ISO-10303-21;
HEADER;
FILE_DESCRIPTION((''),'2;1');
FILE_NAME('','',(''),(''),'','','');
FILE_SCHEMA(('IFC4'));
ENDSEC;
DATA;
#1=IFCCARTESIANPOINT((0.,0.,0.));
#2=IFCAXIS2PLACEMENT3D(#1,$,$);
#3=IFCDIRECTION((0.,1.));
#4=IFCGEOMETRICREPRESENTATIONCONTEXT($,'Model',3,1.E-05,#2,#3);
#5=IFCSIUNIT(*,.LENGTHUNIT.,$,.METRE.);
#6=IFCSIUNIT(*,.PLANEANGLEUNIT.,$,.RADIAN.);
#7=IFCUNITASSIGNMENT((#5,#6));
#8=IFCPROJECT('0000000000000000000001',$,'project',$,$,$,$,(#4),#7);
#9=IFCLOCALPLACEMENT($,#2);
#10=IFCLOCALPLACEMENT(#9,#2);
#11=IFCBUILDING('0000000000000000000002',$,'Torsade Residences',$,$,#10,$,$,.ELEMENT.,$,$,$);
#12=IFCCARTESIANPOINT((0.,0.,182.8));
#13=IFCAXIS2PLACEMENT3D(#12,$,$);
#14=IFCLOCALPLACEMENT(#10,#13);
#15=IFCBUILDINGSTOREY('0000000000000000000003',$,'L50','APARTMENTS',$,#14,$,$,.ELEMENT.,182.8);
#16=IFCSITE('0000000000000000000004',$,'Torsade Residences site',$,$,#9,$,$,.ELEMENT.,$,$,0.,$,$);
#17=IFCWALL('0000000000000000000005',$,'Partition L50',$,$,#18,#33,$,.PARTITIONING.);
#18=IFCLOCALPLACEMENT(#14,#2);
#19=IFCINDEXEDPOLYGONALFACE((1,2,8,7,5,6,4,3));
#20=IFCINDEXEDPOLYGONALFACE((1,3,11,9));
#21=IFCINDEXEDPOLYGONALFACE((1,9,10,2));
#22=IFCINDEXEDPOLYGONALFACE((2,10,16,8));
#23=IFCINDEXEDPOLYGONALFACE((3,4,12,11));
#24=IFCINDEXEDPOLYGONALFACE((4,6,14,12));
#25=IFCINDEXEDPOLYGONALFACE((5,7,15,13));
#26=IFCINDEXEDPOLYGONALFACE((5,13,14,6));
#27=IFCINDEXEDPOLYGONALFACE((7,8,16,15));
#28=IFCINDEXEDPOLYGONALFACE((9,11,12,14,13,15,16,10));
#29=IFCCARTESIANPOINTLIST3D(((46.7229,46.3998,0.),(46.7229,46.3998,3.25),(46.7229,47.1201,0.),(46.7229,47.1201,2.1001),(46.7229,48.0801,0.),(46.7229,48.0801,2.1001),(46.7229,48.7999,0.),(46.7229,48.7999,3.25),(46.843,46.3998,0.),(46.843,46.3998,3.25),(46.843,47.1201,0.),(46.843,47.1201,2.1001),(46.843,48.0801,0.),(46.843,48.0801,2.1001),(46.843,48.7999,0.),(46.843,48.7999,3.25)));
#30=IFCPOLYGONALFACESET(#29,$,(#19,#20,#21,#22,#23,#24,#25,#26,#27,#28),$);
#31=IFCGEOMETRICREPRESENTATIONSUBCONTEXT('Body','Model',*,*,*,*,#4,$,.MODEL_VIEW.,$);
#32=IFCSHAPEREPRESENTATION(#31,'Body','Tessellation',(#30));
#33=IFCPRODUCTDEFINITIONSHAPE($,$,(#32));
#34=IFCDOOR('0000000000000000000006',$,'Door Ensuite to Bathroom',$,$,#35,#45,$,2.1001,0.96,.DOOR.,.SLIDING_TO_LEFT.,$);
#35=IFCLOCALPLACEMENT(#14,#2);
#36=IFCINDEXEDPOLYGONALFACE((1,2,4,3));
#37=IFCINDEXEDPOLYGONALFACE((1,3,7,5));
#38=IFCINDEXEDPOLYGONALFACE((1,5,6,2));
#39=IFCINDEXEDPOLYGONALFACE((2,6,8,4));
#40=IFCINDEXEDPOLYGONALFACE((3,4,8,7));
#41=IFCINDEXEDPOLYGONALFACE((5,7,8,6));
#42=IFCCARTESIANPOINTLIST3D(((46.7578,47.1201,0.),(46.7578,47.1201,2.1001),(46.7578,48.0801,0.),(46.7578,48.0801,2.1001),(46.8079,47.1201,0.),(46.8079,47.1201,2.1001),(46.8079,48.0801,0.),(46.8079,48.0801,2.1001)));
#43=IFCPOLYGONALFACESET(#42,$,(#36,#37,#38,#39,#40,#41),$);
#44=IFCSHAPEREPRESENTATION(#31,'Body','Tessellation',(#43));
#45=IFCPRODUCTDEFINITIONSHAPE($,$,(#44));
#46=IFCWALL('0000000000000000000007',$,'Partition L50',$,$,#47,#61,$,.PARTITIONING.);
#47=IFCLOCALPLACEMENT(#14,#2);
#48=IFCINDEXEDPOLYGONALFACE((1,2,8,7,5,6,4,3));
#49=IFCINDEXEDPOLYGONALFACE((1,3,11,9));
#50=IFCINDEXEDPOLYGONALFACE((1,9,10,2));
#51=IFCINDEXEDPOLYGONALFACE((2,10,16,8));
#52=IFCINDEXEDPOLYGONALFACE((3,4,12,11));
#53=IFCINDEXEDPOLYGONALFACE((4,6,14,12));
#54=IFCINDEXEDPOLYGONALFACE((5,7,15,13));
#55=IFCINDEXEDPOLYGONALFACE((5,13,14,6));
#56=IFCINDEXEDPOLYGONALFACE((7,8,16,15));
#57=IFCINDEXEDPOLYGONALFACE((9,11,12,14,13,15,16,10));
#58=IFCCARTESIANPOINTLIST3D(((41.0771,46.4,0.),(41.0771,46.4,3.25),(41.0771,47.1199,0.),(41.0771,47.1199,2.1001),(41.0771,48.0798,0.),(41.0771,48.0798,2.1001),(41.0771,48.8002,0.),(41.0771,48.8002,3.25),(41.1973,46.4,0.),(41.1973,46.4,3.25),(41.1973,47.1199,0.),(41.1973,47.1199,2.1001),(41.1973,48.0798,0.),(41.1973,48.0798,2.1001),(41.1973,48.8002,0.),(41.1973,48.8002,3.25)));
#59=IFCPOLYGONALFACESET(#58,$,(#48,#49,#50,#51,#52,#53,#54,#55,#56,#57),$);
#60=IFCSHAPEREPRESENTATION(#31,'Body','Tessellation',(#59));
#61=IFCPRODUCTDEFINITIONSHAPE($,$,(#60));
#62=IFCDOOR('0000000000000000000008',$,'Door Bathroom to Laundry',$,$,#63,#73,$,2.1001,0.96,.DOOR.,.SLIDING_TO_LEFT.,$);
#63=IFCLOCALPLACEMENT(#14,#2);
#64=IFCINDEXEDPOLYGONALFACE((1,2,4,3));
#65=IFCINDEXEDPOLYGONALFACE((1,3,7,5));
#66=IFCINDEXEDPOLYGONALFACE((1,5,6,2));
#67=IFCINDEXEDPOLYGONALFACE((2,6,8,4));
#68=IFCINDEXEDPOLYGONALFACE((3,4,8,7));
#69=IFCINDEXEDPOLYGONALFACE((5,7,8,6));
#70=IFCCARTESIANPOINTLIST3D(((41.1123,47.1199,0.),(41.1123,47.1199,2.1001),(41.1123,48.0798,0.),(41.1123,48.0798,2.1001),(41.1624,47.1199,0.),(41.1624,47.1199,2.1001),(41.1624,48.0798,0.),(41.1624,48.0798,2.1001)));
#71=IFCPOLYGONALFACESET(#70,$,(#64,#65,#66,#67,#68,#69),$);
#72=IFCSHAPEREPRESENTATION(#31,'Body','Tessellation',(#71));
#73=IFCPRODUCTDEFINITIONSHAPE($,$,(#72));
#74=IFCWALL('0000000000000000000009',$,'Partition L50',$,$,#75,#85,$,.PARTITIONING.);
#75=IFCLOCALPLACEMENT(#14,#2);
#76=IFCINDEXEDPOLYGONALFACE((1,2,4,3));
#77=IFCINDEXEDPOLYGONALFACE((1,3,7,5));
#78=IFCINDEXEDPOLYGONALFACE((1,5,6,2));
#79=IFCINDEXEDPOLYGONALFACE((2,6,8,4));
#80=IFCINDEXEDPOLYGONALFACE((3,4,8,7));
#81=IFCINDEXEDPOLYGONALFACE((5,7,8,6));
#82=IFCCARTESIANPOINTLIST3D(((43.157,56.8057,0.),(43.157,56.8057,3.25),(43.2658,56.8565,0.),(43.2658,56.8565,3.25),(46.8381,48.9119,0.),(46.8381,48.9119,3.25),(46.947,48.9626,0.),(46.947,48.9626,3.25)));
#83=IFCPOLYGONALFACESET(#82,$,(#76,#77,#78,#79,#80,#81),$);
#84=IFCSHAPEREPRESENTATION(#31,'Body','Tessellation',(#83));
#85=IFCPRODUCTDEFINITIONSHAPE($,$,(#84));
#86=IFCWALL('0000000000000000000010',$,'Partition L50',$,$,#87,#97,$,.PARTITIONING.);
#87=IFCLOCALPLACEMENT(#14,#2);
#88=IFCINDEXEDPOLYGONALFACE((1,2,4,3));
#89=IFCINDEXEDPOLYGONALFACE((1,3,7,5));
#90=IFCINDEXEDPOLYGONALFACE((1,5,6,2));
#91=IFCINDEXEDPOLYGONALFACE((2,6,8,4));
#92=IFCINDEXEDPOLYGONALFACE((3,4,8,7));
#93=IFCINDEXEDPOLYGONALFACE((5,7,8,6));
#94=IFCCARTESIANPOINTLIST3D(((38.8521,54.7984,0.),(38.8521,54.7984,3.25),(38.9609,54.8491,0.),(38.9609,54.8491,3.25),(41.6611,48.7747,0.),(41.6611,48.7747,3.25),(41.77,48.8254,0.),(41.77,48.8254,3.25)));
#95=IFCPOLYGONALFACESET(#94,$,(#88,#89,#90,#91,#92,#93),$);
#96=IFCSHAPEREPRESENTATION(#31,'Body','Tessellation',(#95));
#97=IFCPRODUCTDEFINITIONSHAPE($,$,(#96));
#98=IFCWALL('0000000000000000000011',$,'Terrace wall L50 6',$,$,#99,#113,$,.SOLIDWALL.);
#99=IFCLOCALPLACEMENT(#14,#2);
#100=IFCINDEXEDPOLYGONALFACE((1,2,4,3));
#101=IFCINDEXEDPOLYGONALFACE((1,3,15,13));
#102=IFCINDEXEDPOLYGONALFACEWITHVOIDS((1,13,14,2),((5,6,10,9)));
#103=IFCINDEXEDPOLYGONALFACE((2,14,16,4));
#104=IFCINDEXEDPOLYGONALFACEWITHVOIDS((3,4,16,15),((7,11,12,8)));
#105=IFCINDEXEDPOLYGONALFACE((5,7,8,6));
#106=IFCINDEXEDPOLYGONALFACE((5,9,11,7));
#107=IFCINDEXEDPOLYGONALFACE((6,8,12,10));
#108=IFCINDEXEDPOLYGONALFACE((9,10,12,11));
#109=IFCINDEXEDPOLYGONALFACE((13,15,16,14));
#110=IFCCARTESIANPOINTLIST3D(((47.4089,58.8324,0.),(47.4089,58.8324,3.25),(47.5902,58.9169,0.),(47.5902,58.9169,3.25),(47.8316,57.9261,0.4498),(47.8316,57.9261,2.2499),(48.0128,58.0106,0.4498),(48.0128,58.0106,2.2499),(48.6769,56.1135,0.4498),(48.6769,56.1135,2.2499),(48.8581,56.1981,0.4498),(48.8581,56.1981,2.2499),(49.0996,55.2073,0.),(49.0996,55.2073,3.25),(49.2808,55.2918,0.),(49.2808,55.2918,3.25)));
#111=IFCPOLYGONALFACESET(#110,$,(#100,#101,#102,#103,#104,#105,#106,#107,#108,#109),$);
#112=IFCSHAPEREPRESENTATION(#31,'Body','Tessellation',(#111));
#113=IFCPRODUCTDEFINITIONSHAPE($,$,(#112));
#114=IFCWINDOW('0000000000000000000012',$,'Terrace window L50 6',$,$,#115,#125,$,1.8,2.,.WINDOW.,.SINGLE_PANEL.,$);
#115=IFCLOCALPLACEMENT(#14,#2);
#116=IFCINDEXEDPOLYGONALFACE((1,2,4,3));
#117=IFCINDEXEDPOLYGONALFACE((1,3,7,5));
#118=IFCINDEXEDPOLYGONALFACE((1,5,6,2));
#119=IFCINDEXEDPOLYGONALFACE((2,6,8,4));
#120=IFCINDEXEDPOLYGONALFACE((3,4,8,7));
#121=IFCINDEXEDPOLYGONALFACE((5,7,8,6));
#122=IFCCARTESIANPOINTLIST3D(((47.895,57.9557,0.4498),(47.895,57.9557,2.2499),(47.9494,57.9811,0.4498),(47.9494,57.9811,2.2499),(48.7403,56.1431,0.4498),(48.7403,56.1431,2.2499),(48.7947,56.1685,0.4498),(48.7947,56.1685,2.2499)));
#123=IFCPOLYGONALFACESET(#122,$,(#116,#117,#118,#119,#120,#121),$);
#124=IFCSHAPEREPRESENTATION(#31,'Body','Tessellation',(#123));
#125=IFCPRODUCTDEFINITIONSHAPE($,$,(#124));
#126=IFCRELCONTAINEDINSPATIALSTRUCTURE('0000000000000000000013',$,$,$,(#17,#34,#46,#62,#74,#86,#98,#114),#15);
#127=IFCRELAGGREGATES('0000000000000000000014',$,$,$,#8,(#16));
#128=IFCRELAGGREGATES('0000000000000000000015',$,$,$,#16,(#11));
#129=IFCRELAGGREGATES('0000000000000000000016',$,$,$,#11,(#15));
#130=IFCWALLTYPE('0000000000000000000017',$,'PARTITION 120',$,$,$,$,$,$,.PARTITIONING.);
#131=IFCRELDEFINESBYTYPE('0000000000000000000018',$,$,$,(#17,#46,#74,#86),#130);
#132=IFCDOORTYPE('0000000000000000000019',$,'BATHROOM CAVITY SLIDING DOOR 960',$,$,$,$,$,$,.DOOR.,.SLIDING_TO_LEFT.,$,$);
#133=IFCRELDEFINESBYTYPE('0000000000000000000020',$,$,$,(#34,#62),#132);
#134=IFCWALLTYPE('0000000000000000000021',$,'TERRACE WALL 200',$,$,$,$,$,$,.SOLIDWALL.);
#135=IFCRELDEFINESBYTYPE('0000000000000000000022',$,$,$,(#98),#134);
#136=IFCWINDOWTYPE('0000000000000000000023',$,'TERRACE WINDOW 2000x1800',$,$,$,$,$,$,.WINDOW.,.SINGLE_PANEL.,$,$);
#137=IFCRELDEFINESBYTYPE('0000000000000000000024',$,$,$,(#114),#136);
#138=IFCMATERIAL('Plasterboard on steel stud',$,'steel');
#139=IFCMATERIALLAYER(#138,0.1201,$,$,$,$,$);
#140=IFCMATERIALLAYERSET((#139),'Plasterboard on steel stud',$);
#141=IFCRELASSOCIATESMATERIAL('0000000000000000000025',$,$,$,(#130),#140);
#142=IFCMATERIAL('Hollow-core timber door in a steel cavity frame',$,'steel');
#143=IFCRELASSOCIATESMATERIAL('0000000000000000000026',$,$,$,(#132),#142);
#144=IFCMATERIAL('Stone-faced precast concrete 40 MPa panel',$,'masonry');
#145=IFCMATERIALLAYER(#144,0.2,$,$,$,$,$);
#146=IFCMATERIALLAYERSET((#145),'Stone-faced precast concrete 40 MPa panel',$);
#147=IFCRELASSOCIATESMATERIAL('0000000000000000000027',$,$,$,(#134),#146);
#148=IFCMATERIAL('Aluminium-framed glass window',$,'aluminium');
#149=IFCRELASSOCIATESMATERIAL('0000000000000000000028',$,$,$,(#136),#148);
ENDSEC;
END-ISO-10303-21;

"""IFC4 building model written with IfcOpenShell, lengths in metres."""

from ifc_helpers import new_model, si_unit, direction, frame, frame_2d, origin, place, context, subcontext, project, spatial, rectangle, extrude, material, layer, layer_set, type_object, element, fill, save


model = new_model("IFC4")

# Units and contexts
model_context = context("Model", 3, precision=1e-05, world=origin(), true_north=direction((0.0, 1.0)))
body_context = subcontext(model_context, "Body", "Model", "MODEL_VIEW")
ifc_project = project(units=[si_unit("LENGTHUNIT", "METRE"), si_unit("PLANEANGLEUNIT", "RADIAN")], contexts=[model_context])

# Site, building, storey
site_placement = place(None, origin())
site = spatial("IfcSite", under=ifc_project, at=site_placement, Name="Torsade Residences site", CompositionType="ELEMENT", RefElevation=0.0)
building_placement = place(site_placement, origin())
building = spatial("IfcBuilding", under=site, at=building_placement, Name="Torsade Residences", CompositionType="ELEMENT")
storey_placement = place(building_placement, frame((0.0, 0.0, 182.8)))
storey = spatial("IfcBuildingStorey", under=building, at=storey_placement, Name="L50", Description="APARTMENTS", CompositionType="ELEMENT", Elevation=182.8)

# Walls, openings, doors
ifc_material_1 = material(Name="Plasterboard on steel stud", Category="steel")
ifc_layer_1 = layer(ifc_material_1, 0.1201)
ifc_layer_set_1 = layer_set([ifc_layer_1], Name="Plasterboard on steel stud")
wall_type_1 = type_object("IfcWallType", Name="PARTITION 120", PredefinedType="PARTITIONING", material=ifc_layer_set_1)
wall_1_placement = place(storey_placement, frame((46.783, 48.8, 0.0), z_axis=(0.0, 0.0, 1.0), x_axis=(0.0, -1.0, 0.0)))
wall_1 = element("IfcWall", 1, at=wall_1_placement, inside=storey, type_object=wall_type_1, Name="Partition L50", PredefinedType="PARTITIONING", context=body_context, shape_type="SweptSolid", body=[
    extrude(rectangle(XDim=2.4001, YDim=0.1201, at=frame_2d((1.2002, 0.0))), origin(), (0.0, 0.0, 1.0), 3.25),
])
opening_1_placement = place(wall_1_placement, frame((0.72, 0.0, 0.0)))
opening_1 = element("IfcOpeningElement", 2, at=opening_1_placement, cuts=wall_1, PredefinedType="OPENING", context=body_context, shape_type="SweptSolid", body=[
    extrude(rectangle(XDim=0.96, YDim=2.1001, at=frame_2d((0.48, 1.05))), frame((0.0, 0.0701, 0.0), z_axis=(0.0, -1.0, 0.0), x_axis=(1.0, 0.0, 0.0)), (0.0, 0.0, 1.0), 0.1401),
])
ifc_material_2 = material(Name="Hollow-core timber door in a steel cavity frame", Category="steel")
door_type_1 = type_object("IfcDoorType", Name="BATHROOM CAVITY SLIDING DOOR 960", OperationType="SLIDING_TO_LEFT", PredefinedType="DOOR", material=ifc_material_2)
door_1_placement = place(opening_1_placement, origin())
door_1 = element("IfcDoor", 3, at=door_1_placement, inside=storey, type_object=door_type_1, Name="Door Ensuite to Bathroom", OperationType="SLIDING_TO_LEFT", OverallHeight=2.1001, OverallWidth=0.96, PredefinedType="DOOR", context=body_context, shape_type="SweptSolid", body=[
    extrude(rectangle(XDim=0.96, YDim=2.1001, at=frame_2d((0.48, 1.05))), frame((0.0, 0.0249, 0.0), z_axis=(0.0, -1.0, 0.0), x_axis=(1.0, 0.0, 0.0)), (0.0, 0.0, 1.0), 0.05),
])
fill(opening_1, door_1)
wall_2_placement = place(storey_placement, frame((41.1372, 46.3999, 0.0), z_axis=(0.0, 0.0, 1.0), x_axis=(0.0, 1.0, 0.0)))
wall_2 = element("IfcWall", 4, at=wall_2_placement, inside=storey, type_object=wall_type_1, Name="Partition L50", PredefinedType="PARTITIONING", context=body_context, shape_type="SweptSolid", body=[
    extrude(rectangle(XDim=2.4001, YDim=0.1201, at=frame_2d((1.2002, 0.0))), origin(), (0.0, 0.0, 1.0), 3.25),
])
opening_2_placement = place(wall_2_placement, frame((0.72, 0.0, 0.0)))
opening_2 = element("IfcOpeningElement", 5, at=opening_2_placement, cuts=wall_2, PredefinedType="OPENING", context=body_context, shape_type="SweptSolid", body=[
    extrude(rectangle(XDim=0.96, YDim=2.1001, at=frame_2d((0.48, 1.05))), frame((0.0, 0.0701, 0.0), z_axis=(0.0, -1.0, 0.0), x_axis=(1.0, 0.0, 0.0)), (0.0, 0.0, 1.0), 0.1401),
])
door_2_placement = place(opening_2_placement, origin())
door_2 = element("IfcDoor", 6, at=door_2_placement, inside=storey, type_object=door_type_1, Name="Door Bathroom to Laundry", OperationType="SLIDING_TO_LEFT", OverallHeight=2.1001, OverallWidth=0.96, PredefinedType="DOOR", context=body_context, shape_type="SweptSolid", body=[
    extrude(rectangle(XDim=0.96, YDim=2.1001, at=frame_2d((0.48, 1.05))), frame((0.0, 0.0249, 0.0), z_axis=(0.0, -1.0, 0.0), x_axis=(1.0, 0.0, 0.0)), (0.0, 0.0, 1.0), 0.05),
])
fill(opening_2, door_2)

# Walls
wall_3_placement = place(storey_placement, frame((46.8926, 48.9373, 0.0), z_axis=(0.0, 0.0, 1.0), x_axis=(-0.422638, 0.906298, 0.0)))
element("IfcWall", 7, at=wall_3_placement, inside=storey, type_object=wall_type_1, Name="Partition L50", PredefinedType="PARTITIONING", context=body_context, shape_type="SweptSolid", body=[
    extrude(rectangle(XDim=8.71, YDim=0.1201, at=frame_2d((4.355, 0.0))), origin(), (0.0, 0.0, 1.0), 3.25),
])
wall_4_placement = place(storey_placement, frame((41.7156, 48.8, 0.0), z_axis=(0.0, 0.0, 1.0), x_axis=(-0.422642, 0.906297, 0.0)))
element("IfcWall", 8, at=wall_4_placement, inside=storey, type_object=wall_type_1, Name="Partition L50", PredefinedType="PARTITIONING", context=body_context, shape_type="SweptSolid", body=[
    extrude(rectangle(XDim=6.6465, YDim=0.1201, at=frame_2d((3.3232, 0.0))), origin(), (0.0, 0.0, 1.0), 3.25),
])

# Wall, opening, window
ifc_material_3 = material(Name="Stone-faced precast concrete 40 MPa panel", Category="masonry")
ifc_layer_2 = layer(ifc_material_3, 0.2)
ifc_layer_set_2 = layer_set([ifc_layer_2], Name="Stone-faced precast concrete 40 MPa panel")
wall_type_2 = type_object("IfcWallType", Name="TERRACE WALL 200", PredefinedType="SOLIDWALL", material=ifc_layer_set_2)
wall_5_placement = place(storey_placement, frame((49.1902, 55.2495, 0.0), z_axis=(0.0, 0.0, 1.0), x_axis=(-0.422658, 0.906289, 0.0)))
wall_5 = element("IfcWall", 9, at=wall_5_placement, inside=storey, type_object=wall_type_2, Name="Terrace wall L50 6", PredefinedType="SOLIDWALL", context=body_context, shape_type="SweptSolid", body=[
    extrude(rectangle(XDim=4.0, YDim=0.2, at=frame_2d((2.0, 0.0))), origin(), (0.0, 0.0, 1.0), 3.25),
])
opening_3_placement = place(wall_5_placement, frame((1.0, 0.0, 0.45)))
opening_3 = element("IfcOpeningElement", 10, at=opening_3_placement, cuts=wall_5, PredefinedType="OPENING", context=body_context, shape_type="SweptSolid", body=[
    extrude(rectangle(XDim=2.0, YDim=1.8, at=frame_2d((1.0, 0.8999))), frame((0.0, 0.1099, 0.0), z_axis=(0.0, -1.0, 0.0), x_axis=(1.0, 0.0, 0.0)), (0.0, 0.0, 1.0), 0.22),
])
ifc_material_4 = material(Name="Aluminium-framed glass window", Category="aluminium")
window_type = type_object("IfcWindowType", Name="TERRACE WINDOW 2000x1800", PartitioningType="SINGLE_PANEL", PredefinedType="WINDOW", material=ifc_material_4)
window_placement = place(opening_3_placement, origin())
window = element("IfcWindow", 11, at=window_placement, inside=storey, type_object=window_type, Name="Terrace window L50 6", OverallHeight=1.8, OverallWidth=2.0, PartitioningType="SINGLE_PANEL", PredefinedType="WINDOW", context=body_context, shape_type="SweptSolid", body=[
    extrude(rectangle(XDim=2.0, YDim=1.8, at=frame_2d((1.0, 0.8999))), frame((0.0, 0.03, 0.0), z_axis=(0.0, -1.0, 0.0), x_axis=(1.0, 0.0, 0.0)), (0.0, 0.0, 1.0), 0.0601),
])
fill(opening_3, window)

save(model, "model.ifc")
